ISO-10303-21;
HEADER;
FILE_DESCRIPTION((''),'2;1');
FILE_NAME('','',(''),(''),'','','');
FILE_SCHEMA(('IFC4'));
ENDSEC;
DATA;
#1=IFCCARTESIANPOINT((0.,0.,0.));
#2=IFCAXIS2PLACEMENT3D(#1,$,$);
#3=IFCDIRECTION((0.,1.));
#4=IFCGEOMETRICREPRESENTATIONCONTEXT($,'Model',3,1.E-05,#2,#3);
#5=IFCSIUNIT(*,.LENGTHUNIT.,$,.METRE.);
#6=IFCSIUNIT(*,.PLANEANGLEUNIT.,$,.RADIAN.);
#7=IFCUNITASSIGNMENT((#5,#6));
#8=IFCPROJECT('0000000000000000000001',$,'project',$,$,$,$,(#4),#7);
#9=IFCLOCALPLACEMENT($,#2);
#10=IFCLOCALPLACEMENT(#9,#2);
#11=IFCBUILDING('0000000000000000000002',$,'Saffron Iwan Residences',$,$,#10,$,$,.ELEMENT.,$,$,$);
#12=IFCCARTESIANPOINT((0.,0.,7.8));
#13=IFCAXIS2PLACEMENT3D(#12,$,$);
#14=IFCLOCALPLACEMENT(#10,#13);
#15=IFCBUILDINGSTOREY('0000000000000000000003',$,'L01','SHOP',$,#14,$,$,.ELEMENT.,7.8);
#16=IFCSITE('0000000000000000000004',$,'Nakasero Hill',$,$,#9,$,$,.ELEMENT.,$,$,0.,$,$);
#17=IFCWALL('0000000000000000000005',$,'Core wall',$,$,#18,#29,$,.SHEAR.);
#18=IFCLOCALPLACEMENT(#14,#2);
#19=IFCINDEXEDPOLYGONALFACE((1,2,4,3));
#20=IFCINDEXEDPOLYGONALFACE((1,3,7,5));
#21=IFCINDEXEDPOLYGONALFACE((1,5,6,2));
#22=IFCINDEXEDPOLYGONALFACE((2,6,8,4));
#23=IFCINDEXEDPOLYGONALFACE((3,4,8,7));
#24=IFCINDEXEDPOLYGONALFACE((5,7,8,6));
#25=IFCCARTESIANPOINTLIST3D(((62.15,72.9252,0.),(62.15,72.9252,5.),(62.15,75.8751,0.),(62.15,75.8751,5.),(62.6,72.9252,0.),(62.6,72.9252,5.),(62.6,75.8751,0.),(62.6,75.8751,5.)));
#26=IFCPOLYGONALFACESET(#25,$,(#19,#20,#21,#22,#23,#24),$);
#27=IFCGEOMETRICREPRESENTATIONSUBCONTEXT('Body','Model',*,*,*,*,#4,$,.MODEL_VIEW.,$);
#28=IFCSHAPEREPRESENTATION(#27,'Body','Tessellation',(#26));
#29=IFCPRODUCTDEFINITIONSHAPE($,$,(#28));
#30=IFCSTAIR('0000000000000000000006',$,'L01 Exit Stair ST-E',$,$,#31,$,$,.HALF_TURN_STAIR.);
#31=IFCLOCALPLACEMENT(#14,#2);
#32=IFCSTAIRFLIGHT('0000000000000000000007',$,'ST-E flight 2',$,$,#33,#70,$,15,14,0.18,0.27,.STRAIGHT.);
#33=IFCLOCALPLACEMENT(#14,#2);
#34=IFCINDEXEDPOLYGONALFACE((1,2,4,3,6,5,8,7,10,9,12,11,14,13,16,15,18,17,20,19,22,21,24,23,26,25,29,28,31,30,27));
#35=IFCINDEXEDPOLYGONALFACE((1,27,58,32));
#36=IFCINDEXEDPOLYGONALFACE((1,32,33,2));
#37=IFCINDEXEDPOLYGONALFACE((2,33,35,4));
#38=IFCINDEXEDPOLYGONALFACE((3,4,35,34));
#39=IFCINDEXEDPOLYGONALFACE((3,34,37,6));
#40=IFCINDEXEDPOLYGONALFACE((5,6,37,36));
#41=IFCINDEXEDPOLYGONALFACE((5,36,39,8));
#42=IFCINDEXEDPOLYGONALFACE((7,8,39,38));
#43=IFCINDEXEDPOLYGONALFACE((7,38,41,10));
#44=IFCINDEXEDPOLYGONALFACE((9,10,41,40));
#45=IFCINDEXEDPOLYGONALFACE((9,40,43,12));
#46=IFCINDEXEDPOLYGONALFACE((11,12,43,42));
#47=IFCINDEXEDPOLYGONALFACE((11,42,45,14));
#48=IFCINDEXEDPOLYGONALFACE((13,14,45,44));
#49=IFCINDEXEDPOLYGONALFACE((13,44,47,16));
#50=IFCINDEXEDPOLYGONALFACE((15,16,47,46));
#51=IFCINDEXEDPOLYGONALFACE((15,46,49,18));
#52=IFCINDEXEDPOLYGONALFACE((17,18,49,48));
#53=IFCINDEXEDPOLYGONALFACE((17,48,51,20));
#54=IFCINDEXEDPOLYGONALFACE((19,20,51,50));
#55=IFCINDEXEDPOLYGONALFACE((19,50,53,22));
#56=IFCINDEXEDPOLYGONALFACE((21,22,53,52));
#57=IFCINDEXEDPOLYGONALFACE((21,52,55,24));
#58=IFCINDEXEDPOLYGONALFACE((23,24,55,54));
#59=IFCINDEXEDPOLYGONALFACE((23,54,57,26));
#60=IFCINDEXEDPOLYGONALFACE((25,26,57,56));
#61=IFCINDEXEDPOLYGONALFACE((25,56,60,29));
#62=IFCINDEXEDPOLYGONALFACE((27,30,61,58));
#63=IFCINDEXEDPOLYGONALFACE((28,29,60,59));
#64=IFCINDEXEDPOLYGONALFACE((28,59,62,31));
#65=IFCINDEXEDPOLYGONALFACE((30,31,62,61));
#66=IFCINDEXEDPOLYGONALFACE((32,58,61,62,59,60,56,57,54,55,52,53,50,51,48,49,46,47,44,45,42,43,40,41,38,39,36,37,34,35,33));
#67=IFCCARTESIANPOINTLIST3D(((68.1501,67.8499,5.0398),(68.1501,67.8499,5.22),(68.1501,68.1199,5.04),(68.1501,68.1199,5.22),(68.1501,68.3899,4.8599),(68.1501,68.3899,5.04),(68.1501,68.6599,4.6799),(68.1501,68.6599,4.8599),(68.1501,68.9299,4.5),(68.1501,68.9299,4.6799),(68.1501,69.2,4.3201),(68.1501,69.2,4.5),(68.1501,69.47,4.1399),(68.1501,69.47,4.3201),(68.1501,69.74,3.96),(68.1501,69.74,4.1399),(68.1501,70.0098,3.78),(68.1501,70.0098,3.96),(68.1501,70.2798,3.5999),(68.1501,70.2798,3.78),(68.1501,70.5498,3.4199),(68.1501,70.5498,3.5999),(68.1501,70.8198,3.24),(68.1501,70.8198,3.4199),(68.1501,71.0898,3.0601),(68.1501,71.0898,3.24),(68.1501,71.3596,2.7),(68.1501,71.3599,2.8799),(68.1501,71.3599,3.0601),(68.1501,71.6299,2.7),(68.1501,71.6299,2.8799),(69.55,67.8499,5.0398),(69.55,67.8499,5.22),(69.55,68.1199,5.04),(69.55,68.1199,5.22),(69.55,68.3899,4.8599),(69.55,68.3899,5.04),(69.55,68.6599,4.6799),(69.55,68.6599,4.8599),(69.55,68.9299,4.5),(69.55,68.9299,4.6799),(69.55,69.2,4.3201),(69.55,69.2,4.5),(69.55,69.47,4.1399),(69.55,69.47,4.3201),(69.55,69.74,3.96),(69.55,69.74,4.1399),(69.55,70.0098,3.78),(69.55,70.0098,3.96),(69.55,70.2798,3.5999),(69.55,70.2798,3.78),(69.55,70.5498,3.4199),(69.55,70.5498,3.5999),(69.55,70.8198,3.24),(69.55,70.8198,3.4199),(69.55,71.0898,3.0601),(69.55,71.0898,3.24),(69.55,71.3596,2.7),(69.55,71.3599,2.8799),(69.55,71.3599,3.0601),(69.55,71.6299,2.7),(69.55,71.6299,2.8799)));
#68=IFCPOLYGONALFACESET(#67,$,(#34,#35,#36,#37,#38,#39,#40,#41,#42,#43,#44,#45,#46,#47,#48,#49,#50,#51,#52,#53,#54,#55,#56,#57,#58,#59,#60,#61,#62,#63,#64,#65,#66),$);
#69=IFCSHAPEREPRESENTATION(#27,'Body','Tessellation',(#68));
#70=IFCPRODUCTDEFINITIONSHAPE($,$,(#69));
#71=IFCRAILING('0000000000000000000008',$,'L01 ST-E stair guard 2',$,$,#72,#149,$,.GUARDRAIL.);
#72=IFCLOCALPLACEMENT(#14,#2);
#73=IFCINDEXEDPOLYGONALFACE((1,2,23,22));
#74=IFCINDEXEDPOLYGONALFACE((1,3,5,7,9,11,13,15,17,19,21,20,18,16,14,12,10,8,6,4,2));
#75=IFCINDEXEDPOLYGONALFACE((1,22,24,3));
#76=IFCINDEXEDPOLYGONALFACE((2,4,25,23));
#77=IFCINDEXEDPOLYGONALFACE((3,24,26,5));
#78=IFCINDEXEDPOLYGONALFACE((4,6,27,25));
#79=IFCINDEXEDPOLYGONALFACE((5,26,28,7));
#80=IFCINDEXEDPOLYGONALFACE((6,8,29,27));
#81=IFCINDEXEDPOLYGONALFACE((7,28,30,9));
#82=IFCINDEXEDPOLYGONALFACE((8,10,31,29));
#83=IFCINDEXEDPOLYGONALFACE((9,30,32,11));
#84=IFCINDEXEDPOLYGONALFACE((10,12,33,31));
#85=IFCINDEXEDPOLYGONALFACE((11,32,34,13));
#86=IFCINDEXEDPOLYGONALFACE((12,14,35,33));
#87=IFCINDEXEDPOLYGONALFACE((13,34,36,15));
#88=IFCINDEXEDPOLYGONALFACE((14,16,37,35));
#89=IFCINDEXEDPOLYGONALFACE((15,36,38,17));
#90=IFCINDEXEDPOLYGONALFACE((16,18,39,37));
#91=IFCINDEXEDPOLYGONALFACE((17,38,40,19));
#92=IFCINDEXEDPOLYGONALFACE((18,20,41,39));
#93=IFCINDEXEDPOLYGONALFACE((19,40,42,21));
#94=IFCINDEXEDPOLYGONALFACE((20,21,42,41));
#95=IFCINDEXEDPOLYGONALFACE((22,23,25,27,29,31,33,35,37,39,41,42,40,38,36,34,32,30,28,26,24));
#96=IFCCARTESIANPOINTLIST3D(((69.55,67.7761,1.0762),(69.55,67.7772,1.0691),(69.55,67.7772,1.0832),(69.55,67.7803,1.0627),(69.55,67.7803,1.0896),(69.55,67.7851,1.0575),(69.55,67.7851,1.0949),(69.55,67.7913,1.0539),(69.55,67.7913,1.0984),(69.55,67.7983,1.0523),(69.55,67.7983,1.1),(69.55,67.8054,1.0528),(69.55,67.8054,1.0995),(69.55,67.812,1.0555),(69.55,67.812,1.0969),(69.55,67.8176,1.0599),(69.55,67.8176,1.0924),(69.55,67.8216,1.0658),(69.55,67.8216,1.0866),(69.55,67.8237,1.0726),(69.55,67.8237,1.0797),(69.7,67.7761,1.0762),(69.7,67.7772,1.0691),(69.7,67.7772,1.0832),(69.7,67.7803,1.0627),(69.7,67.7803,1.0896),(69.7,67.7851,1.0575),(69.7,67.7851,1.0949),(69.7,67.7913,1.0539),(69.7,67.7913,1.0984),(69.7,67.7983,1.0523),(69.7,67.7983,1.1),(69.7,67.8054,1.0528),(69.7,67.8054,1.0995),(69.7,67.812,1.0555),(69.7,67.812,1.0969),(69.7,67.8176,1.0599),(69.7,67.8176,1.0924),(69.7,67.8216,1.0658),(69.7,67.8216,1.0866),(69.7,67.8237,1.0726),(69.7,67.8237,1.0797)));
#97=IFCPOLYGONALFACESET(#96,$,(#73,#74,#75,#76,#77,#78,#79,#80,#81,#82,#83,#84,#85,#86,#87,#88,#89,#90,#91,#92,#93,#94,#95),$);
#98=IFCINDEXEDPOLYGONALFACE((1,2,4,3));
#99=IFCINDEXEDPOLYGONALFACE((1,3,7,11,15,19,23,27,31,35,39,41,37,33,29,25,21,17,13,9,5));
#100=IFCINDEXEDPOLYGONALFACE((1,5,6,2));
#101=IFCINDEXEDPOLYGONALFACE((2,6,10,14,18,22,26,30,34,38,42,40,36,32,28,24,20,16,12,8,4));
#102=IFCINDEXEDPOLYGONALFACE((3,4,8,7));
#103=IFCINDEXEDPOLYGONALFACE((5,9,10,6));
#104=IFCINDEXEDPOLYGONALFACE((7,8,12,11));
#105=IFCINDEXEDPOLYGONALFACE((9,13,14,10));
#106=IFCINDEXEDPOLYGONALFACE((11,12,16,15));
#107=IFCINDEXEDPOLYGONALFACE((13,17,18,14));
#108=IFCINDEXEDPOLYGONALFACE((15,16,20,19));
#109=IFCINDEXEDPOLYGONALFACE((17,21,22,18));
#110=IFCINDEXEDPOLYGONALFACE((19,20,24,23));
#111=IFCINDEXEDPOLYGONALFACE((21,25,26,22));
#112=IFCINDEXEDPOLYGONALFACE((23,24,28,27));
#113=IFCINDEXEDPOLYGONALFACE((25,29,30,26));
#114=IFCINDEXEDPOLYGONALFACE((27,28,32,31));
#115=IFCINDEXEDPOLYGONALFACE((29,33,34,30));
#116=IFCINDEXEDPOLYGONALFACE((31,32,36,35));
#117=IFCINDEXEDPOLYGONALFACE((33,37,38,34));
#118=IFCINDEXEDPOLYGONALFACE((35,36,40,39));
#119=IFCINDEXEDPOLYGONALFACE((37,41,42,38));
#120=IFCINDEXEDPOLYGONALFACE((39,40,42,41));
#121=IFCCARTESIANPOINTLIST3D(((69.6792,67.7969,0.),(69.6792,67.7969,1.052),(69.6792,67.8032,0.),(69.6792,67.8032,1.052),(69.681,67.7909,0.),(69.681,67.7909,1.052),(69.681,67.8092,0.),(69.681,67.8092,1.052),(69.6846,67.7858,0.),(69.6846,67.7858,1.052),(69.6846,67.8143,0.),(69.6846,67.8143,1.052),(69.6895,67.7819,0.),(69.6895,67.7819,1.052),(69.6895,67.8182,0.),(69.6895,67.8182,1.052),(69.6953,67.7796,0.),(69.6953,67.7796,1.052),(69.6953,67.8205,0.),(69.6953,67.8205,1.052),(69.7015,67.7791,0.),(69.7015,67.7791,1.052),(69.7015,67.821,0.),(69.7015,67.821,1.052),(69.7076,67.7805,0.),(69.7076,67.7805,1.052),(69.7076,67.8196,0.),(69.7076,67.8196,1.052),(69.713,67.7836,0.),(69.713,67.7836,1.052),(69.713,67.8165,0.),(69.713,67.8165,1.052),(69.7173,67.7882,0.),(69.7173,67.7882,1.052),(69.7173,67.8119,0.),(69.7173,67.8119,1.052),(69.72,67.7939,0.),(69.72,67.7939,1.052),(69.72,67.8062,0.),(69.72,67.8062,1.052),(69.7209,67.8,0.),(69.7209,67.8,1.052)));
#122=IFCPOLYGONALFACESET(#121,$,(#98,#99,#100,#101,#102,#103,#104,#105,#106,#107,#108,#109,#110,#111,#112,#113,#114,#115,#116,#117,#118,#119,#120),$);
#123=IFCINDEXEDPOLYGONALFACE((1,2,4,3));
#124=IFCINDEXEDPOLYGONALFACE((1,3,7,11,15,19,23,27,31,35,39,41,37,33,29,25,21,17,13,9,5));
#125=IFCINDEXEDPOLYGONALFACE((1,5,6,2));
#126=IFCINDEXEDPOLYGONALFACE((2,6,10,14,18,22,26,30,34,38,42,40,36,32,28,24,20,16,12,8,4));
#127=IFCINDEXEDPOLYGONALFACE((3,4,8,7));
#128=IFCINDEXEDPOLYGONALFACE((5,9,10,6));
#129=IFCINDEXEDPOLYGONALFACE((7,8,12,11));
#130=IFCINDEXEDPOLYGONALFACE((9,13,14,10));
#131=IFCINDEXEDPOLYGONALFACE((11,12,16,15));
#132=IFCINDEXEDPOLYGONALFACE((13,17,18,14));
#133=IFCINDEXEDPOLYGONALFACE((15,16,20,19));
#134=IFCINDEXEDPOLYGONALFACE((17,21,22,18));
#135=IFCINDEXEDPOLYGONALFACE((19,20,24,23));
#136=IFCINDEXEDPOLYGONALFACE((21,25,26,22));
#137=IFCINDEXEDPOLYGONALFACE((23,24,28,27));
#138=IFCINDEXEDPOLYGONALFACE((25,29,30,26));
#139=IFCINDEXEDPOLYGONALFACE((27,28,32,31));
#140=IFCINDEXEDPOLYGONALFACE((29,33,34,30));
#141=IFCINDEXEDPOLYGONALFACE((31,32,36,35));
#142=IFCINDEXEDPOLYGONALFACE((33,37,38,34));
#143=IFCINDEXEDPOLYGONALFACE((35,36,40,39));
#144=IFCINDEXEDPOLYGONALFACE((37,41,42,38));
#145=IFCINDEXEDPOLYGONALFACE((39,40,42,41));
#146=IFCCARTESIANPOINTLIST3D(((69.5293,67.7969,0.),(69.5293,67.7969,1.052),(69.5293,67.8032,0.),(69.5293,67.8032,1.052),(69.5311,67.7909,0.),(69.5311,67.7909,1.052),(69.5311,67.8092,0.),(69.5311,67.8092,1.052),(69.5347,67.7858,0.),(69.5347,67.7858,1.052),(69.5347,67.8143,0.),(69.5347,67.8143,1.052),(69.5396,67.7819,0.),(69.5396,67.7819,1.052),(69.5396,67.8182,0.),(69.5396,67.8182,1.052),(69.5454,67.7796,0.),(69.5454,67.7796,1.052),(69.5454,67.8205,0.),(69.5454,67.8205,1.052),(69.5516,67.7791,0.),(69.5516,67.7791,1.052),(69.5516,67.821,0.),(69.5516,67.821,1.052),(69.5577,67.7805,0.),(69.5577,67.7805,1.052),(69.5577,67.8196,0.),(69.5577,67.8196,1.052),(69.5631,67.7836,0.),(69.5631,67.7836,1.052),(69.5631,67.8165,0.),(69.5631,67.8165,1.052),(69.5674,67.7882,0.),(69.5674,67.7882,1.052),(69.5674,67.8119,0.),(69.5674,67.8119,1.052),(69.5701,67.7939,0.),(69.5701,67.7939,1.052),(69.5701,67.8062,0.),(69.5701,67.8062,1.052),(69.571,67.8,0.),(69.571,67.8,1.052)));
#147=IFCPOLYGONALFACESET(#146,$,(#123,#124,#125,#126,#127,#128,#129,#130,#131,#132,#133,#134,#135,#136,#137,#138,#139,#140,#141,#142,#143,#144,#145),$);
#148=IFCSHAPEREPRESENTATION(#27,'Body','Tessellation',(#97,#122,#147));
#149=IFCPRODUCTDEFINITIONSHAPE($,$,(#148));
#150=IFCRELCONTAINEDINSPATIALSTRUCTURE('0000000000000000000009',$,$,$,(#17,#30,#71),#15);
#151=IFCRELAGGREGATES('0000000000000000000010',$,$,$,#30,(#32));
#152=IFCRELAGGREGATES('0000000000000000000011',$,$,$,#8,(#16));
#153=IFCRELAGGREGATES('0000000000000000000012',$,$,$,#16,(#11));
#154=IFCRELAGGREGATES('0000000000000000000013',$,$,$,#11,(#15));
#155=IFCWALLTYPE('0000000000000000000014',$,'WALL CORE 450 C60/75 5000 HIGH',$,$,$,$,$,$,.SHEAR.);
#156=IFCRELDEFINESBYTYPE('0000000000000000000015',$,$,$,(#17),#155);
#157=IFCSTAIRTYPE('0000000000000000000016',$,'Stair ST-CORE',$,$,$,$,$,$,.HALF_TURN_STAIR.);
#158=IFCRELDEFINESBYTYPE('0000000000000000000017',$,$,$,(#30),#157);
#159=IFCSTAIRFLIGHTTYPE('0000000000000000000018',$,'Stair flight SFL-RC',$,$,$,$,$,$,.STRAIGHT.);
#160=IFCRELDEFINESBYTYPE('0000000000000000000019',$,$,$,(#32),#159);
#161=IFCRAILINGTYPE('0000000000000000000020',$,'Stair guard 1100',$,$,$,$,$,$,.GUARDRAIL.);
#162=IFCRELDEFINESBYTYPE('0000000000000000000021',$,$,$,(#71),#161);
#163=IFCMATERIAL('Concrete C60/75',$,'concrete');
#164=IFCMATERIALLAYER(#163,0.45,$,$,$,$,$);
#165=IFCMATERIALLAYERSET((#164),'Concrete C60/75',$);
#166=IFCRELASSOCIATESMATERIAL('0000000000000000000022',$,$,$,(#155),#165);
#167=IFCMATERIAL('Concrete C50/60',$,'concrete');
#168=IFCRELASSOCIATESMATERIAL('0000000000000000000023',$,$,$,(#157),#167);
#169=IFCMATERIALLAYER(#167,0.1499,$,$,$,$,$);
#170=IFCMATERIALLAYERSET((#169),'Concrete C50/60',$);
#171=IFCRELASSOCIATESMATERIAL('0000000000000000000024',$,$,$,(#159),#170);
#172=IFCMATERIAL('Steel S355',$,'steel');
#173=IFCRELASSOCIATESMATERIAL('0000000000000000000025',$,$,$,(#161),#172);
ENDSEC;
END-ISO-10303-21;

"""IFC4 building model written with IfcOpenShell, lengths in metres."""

from ifc_helpers import new_model, si_unit, direction, frame, frame_2d, origin, origin_2d, place, context, subcontext, project, spatial, polyline, rectangle, circle, outline, extrude, material, layer, layer_set, type_object, element, aggregate, save


model = new_model("IFC4")

# Units and contexts
model_context = context("Model", 3, precision=1e-05, world=origin(), true_north=direction((0.0, 1.0)))
body_context = subcontext(model_context, "Body", "Model", "MODEL_VIEW")
ifc_project = project(units=[si_unit("LENGTHUNIT", "METRE"), si_unit("PLANEANGLEUNIT", "RADIAN")], contexts=[model_context])

# Site, building, storey
site_placement = place(None, origin())
site = spatial("IfcSite", under=ifc_project, at=site_placement, Name="Nakasero Hill", CompositionType="ELEMENT", RefElevation=0.0)
building_placement = place(site_placement, origin())
building = spatial("IfcBuilding", under=site, at=building_placement, Name="Saffron Iwan Residences", CompositionType="ELEMENT")
storey_placement = place(building_placement, frame((0.0, 0.0, 7.8)))
storey = spatial("IfcBuildingStorey", under=building, at=storey_placement, Name="L01", Description="SHOP", CompositionType="ELEMENT", Elevation=7.8)

# Shared definitions
ifc_material_1 = material(Name="Concrete C60/75", Category="concrete")
ifc_layer_1 = layer(ifc_material_1, 0.45)
ifc_layer_set_1 = layer_set([ifc_layer_1], Name="Concrete C60/75")
wall_type_1 = type_object("IfcWallType", Name="WALL CORE 450 C60/75 5000 HIGH", PredefinedType="SHEAR", material=ifc_layer_set_1)

# Wall
for number, where, z_axis, x_axis, name in (
    (1, (62.375, 72.925, 0.0), (0.0, 0.0, 1.0), (0.0, 1.0, 0.0), "Core wall"),
):
    element("IfcWall", number, at=place(storey_placement, frame(where, z_axis=z_axis, x_axis=x_axis)), inside=storey, type_object=wall_type_1, Name=name, PredefinedType="SHEAR", context=body_context, shape_type="SweptSolid", body=[
        extrude(rectangle(XDim=2.95, YDim=0.45, at=frame_2d((1.4751, 0.0))), origin(), (0.0, 0.0, 1.0), 5.0),
    ])

# Stair, stair flight
ifc_material_2 = material(Name="Concrete C50/60", Category="concrete")
stair_type = type_object("IfcStairType", Name="Stair ST-CORE", PredefinedType="HALF_TURN_STAIR", material=ifc_material_2)
stair_placement = place(storey_placement, origin())
stair = element("IfcStair", 2, at=stair_placement, inside=storey, type_object=stair_type, Name="L01 Exit Stair ST-E", PredefinedType="HALF_TURN_STAIR")
ifc_layer_2 = layer(ifc_material_2, 0.1499)
ifc_layer_set_2 = layer_set([ifc_layer_2], Name="Concrete C50/60")
stair_flight_type = type_object("IfcStairFlightType", Name="Stair flight SFL-RC", PredefinedType="STRAIGHT", material=ifc_layer_set_2)
stair_flight_placement = place(storey_placement, frame((68.8501, 71.6299, 2.7), z_axis=(0.0, 0.0, 1.0), x_axis=(0.0, -1.0, 0.0)))
stair_flight = element("IfcStairFlight", 3, at=stair_flight_placement, type_object=stair_flight_type, Name="ST-E flight 2", NumberOfRisers=15, NumberOfTreads=14, PredefinedType="STRAIGHT", RiserHeight=0.18, TreadLength=0.27, context=body_context, shape_type="SweptSolid", body=[
    extrude(outline(polyline([(0.0, 0.0), (0.0, 0.1799), (0.27, 0.1799), (0.27, 0.3601), (0.54, 0.3601), (0.54, 0.54), (0.8101, 0.54), (0.8101, 0.72), (1.0801, 0.72), (1.0801, 0.8999), (1.3501, 0.8999), (1.3501, 1.0801), (1.6201, 1.0801), (1.6201, 1.26), (1.8899, 1.26), (1.8899, 1.4399), (2.1599, 1.4399), (2.1599, 1.6201), (2.4299, 1.6201), (2.4299, 1.8), (2.7, 1.8), (2.7, 1.98), (2.97, 1.98), (2.97, 2.1599), (3.24, 2.1599), (3.24, 2.3401), (3.51, 2.3401), (3.51, 2.52), (3.78, 2.52), (3.78, 2.7), (3.78, 2.3398), (0.2703, 0.0), (0.0, 0.0)])), frame((0.0, 0.7, 0.0), z_axis=(0.0, -1.0, 0.0), x_axis=(1.0, 0.0, 0.0)), (0.0, 0.0, 1.0), 1.3999),
])
aggregate(stair, [stair_flight])

# Railing
ifc_material_3 = material(Name="Steel S355", Category="steel")
railing_type_1 = type_object("IfcRailingType", Name="Stair guard 1100", PredefinedType="GUARDRAIL", material=ifc_material_3)
railing_1_placement = place(storey_placement, frame((69.7, 67.8, 0.0)))
element("IfcRailing", 4, at=railing_1_placement, inside=storey, type_object=railing_type_1, Name="L01 ST-E stair guard 2", PredefinedType="GUARDRAIL", context=body_context, shape_type="SweptSolid", body=[
    extrude(circle(Radius=0.0239, at=origin_2d()), frame((0.0, 0.0, 1.0762), z_axis=(-1.0, 0.0, 0.0), x_axis=(0.0, -1.0, 0.0)), (0.0, 0.0, 1.0), 0.1499),
    extrude(circle(Radius=0.021, at=origin_2d()), origin(), (0.0, 0.0, 1.0), 1.052),
    extrude(circle(Radius=0.021, at=origin_2d()), frame((-0.1499, 0.0, 0.0)), (0.0, 0.0, 1.0), 1.052),
])

save(model, "model.ifc")
